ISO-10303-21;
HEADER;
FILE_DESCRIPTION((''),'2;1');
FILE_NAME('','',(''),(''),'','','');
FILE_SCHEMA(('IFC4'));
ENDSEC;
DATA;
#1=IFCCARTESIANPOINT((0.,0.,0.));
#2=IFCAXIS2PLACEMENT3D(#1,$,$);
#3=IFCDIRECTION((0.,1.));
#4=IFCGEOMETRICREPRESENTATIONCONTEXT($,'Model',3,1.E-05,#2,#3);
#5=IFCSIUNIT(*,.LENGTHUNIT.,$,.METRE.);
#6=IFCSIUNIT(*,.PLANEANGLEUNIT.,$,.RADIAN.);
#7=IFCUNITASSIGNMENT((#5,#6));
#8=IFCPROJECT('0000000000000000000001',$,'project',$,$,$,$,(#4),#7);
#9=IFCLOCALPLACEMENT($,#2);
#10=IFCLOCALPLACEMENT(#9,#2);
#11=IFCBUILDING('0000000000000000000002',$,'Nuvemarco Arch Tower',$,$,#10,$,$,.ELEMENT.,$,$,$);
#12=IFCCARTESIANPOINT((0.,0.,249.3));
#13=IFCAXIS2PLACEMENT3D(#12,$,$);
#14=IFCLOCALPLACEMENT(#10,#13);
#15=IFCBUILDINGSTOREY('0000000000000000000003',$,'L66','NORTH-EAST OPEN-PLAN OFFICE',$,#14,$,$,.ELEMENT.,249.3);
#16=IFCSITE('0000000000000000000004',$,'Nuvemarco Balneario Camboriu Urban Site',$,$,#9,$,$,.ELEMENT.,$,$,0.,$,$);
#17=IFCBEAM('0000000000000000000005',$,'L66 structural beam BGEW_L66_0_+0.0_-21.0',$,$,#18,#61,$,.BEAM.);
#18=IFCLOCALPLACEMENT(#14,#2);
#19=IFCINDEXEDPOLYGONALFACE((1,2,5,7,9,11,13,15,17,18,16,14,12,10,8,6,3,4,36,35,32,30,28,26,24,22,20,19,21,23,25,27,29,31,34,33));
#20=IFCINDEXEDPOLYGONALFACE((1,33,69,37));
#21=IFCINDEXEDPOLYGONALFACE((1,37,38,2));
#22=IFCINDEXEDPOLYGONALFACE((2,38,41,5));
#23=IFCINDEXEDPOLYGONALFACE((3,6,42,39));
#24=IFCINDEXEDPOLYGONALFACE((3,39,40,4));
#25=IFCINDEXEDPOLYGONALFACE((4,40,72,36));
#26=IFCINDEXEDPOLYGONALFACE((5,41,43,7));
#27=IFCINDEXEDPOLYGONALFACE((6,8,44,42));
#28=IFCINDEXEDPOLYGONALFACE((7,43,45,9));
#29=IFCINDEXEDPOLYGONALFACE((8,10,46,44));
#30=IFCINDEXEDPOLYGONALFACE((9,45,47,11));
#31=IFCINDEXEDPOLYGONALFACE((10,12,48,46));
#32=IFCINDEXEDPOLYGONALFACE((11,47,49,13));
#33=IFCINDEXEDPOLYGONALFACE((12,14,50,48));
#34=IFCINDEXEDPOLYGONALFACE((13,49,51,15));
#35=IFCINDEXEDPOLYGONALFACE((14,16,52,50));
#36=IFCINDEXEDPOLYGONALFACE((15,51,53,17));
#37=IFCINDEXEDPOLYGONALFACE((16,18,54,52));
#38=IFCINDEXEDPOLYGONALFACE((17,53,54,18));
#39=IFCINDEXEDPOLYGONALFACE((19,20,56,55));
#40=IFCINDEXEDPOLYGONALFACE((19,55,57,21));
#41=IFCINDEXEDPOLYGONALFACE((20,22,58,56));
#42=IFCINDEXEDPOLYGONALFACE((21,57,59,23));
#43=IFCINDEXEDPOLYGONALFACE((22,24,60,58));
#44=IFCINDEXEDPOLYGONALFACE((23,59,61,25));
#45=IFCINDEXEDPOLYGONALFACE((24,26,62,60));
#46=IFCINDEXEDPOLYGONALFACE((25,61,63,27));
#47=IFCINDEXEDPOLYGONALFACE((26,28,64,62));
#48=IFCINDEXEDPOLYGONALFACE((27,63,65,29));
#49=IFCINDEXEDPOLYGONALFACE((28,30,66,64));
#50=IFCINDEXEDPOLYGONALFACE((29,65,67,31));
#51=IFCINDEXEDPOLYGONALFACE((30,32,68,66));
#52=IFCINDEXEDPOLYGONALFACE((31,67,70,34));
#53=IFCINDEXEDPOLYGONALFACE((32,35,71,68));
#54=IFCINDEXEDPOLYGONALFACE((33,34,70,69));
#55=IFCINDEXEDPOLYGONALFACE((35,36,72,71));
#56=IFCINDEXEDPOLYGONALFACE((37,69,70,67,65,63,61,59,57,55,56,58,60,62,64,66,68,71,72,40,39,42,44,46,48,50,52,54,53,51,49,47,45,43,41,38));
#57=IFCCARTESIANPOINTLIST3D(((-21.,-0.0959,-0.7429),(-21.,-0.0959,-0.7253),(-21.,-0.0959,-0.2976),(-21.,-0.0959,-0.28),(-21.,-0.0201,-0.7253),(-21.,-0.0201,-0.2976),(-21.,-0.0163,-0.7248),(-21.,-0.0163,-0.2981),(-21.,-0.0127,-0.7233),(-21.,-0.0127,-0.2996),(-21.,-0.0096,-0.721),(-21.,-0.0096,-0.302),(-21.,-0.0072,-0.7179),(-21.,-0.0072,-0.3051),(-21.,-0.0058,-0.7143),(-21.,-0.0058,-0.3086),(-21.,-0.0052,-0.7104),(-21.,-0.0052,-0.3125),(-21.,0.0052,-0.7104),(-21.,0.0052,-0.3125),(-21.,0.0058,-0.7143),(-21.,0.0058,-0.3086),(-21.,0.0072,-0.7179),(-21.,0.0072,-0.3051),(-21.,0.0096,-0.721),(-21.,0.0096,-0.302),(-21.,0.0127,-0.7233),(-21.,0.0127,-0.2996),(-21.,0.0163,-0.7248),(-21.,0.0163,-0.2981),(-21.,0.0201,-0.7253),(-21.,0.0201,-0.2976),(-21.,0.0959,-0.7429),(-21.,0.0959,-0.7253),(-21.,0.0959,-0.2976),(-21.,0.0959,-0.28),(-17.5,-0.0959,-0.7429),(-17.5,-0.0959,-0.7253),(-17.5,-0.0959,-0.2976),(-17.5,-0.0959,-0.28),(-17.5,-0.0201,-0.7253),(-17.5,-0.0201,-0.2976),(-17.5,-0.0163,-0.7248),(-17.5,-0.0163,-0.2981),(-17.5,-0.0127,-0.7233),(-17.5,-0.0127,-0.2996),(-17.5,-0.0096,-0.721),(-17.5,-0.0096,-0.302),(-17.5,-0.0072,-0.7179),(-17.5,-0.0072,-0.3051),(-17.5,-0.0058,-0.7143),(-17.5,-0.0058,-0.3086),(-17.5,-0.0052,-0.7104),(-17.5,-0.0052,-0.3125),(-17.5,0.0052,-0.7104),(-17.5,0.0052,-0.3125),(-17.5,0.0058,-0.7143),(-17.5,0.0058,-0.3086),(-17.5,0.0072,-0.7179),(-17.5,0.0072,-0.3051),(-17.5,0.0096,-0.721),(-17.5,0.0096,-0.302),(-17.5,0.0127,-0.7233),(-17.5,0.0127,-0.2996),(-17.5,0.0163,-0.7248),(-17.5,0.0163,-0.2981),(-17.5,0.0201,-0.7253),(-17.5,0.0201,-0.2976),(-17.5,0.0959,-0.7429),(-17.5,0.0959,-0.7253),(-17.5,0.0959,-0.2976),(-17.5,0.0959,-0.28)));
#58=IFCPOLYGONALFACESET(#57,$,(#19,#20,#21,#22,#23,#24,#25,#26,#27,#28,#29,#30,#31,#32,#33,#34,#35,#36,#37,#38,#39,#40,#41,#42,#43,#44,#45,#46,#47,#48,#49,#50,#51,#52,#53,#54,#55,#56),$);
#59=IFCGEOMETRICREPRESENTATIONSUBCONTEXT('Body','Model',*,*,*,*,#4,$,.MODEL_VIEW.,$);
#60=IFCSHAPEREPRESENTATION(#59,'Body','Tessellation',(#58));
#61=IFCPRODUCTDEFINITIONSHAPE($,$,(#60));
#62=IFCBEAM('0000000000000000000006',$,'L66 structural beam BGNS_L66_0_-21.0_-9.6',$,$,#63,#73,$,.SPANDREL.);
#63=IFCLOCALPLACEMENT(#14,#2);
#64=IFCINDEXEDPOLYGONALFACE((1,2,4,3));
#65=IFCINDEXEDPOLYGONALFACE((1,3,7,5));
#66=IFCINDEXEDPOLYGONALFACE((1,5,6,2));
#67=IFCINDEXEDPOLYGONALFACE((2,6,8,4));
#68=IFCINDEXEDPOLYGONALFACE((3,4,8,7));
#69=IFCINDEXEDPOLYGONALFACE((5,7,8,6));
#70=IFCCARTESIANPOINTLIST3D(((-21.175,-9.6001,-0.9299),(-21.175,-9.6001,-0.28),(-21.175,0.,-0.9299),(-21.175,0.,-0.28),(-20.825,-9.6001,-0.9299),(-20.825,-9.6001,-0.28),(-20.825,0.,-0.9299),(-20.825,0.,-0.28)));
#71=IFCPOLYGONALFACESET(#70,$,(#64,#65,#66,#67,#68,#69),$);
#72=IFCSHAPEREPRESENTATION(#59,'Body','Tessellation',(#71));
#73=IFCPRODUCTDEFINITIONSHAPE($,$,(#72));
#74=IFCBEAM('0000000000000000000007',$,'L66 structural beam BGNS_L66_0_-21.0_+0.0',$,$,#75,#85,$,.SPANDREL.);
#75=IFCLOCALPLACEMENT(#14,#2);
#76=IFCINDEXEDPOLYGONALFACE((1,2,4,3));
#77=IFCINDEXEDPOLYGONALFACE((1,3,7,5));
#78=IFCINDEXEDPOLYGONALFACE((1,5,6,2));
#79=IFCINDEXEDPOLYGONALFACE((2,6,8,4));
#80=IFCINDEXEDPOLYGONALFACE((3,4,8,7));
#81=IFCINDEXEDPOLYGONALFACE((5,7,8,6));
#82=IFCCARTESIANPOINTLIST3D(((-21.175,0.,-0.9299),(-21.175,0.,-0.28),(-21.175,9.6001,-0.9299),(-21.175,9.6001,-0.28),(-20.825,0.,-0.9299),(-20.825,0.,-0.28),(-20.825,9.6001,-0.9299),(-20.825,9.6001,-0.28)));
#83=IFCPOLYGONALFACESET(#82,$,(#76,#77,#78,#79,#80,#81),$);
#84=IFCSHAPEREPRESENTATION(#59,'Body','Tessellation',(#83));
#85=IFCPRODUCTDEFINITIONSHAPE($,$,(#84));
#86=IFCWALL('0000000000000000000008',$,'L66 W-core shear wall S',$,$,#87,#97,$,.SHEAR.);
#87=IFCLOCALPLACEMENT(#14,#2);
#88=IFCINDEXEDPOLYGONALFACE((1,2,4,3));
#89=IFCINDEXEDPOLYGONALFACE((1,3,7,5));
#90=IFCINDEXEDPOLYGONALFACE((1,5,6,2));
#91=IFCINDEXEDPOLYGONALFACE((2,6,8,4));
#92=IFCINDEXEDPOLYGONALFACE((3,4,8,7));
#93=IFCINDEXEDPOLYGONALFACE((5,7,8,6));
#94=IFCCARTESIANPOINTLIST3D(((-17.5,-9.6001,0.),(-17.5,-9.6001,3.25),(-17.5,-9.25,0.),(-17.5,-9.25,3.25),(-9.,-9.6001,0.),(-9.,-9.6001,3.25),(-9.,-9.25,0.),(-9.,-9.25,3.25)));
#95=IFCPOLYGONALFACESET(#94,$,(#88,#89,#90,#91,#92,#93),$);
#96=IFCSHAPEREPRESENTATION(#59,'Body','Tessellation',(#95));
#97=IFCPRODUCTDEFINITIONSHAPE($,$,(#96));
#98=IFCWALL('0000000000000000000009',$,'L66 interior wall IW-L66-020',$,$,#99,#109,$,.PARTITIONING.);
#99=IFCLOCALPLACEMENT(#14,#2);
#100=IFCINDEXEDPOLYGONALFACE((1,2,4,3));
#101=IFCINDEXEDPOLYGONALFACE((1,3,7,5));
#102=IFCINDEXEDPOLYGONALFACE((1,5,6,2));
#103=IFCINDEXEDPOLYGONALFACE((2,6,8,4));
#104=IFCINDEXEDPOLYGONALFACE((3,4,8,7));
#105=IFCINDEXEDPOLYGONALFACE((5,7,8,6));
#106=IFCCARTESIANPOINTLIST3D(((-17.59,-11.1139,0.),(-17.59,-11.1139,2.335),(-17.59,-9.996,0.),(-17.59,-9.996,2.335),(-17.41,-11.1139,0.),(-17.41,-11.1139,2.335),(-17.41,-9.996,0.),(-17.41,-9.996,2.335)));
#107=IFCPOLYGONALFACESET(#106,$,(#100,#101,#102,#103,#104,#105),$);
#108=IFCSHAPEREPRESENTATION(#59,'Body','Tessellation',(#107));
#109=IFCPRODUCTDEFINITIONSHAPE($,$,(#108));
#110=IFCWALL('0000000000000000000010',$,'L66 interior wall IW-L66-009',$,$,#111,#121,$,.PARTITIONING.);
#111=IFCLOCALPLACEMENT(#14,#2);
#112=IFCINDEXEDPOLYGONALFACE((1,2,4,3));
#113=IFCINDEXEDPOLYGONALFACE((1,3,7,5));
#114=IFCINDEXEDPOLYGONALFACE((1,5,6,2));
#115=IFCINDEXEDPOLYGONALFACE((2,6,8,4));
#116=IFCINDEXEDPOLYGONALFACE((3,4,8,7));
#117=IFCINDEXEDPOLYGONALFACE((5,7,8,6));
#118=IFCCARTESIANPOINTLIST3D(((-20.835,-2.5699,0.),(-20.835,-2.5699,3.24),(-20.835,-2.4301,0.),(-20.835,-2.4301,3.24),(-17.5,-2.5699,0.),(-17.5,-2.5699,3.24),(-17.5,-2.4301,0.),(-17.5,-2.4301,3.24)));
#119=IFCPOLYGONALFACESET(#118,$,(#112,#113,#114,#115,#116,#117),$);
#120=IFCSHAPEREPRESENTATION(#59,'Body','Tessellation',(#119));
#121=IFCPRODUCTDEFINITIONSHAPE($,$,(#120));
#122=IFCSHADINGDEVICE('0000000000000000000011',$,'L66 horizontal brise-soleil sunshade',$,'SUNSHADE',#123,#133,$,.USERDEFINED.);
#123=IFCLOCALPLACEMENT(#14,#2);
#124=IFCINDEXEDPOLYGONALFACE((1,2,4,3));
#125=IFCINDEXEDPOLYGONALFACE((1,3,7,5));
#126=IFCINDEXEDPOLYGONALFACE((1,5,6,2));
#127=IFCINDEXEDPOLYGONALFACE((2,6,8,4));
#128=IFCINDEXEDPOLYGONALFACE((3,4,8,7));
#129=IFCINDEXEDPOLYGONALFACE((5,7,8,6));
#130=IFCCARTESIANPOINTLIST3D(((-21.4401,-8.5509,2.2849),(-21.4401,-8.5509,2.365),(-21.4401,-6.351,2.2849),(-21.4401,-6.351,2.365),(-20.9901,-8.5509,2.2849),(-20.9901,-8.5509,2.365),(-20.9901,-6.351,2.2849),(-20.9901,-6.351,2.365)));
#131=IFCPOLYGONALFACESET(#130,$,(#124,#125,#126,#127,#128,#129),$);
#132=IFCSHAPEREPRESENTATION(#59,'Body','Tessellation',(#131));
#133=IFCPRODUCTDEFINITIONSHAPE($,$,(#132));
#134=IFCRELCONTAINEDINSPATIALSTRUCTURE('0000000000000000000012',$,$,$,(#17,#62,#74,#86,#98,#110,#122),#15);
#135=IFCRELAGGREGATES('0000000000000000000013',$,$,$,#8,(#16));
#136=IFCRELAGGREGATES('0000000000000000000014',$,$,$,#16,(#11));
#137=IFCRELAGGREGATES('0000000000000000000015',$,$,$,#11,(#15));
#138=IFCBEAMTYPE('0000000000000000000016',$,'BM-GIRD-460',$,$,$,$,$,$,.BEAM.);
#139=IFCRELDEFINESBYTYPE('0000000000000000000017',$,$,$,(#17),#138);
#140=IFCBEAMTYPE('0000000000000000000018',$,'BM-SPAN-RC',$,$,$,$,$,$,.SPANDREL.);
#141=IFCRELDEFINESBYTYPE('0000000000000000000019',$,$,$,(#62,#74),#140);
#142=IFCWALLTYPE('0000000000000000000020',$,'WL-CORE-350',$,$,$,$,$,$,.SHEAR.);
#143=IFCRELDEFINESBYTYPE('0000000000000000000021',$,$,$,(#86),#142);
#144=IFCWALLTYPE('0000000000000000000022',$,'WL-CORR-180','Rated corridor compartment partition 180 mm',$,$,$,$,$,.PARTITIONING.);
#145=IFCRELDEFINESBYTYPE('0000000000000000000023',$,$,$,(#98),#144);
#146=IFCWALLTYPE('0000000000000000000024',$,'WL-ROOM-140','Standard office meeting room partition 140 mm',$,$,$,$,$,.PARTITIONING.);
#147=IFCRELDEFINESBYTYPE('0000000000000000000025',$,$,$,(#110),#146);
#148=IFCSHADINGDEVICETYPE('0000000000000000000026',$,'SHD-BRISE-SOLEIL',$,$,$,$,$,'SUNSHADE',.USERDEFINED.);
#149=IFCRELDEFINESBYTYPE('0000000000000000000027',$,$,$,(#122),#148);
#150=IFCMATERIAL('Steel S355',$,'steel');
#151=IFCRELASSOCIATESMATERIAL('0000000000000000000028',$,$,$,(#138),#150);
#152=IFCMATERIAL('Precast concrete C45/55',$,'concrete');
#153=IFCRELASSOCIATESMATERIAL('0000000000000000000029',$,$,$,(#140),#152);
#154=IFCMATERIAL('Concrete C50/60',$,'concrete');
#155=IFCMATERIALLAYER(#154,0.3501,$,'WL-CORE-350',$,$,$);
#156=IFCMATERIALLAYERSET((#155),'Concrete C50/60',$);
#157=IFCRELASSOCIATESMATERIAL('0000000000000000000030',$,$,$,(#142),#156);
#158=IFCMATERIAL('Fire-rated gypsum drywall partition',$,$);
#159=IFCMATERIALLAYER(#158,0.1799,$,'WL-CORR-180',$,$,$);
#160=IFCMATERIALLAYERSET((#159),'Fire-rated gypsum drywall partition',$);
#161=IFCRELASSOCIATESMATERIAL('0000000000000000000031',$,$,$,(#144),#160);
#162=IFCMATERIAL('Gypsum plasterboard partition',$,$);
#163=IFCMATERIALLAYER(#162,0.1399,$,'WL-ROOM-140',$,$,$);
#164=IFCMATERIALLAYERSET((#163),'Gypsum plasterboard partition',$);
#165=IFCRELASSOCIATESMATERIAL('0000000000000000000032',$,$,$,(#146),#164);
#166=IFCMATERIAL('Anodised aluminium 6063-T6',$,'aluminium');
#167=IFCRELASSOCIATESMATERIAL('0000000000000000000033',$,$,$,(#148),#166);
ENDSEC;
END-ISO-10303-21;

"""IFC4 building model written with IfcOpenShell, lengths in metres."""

from ifc_helpers import new_model, si_unit, direction, frame, frame_2d, origin, origin_2d, place, context, subcontext, project, spatial, rectangle, i_section, extrude, source, transform, mapped, material, layer, layer_set, material_profile, profile_set, type_object, type_shapes, element, save


model = new_model("IFC4")

# Units and contexts
model_context = context("Model", 3, precision=1e-05, world=origin(), true_north=direction((0.0, 1.0)))
body_context = subcontext(model_context, "Body", "Model", "MODEL_VIEW")
ifc_project = project(units=[si_unit("LENGTHUNIT", "METRE"), si_unit("PLANEANGLEUNIT", "RADIAN")], contexts=[model_context])

# Site, building, storey
site_placement = place(None, origin())
site = spatial("IfcSite", under=ifc_project, at=site_placement, Name="Nuvemarco Balneario Camboriu Urban Site", CompositionType="ELEMENT", RefElevation=0.0)
building_placement = place(site_placement, origin())
building = spatial("IfcBuilding", under=site, at=building_placement, Name="Nuvemarco Arch Tower", CompositionType="ELEMENT")
storey_placement = place(building_placement, frame((0.0, 0.0, 249.3)))
storey = spatial("IfcBuildingStorey", under=building, at=storey_placement, Name="L66", Description="NORTH-EAST OPEN-PLAN OFFICE", CompositionType="ELEMENT", Elevation=249.3)

# Shared definitions
ifc_material_1 = material(Name="Concrete C50/60", Category="concrete")
ifc_material_2 = material(Name="Steel S355", Category="steel")

# Beams
ifc_material_profile_1 = material_profile(ifc_material_2, i_section(OverallWidth=0.1919, OverallDepth=0.4629, WebThickness=0.0105, FlangeThickness=0.0176, FilletRadius=0.0149, at=origin_2d()), Name="W460x89")
ifc_profile_set_1 = profile_set([ifc_material_profile_1], Name="Steel S355")
beam_type_1 = type_object("IfcBeamType", Name="BM-GIRD-460", PredefinedType="BEAM", material=ifc_profile_set_1)
beam_1_placement = place(storey_placement, frame((-21.0, 0.0, -0.5115), z_axis=(1.0, 0.0, 0.0), x_axis=(0.0, 1.0, 0.0)))
element("IfcBeam", 1, at=beam_1_placement, inside=storey, type_object=beam_type_1, Name="L66 structural beam BGEW_L66_0_+0.0_-21.0", PredefinedType="BEAM", context=body_context, shape_type="SweptSolid", body=[
    extrude(i_section(OverallWidth=0.1919, OverallDepth=0.4629, WebThickness=0.0105, FlangeThickness=0.0176, FilletRadius=0.0149, at=origin_2d()), origin(), (0.0, 0.0, 1.0), 3.5),
])
ifc_material_3 = material(Name="Precast concrete C45/55", Category="concrete")
ifc_material_profile_2 = material_profile(ifc_material_3, rectangle(XDim=0.3501, YDim=0.6499, at=origin_2d()), Name="PC-SP-350x650")
ifc_profile_set_2 = profile_set([ifc_material_profile_2], Name="Precast concrete C45/55")
beam_type_2 = type_object("IfcBeamType", Name="BM-SPAN-RC", PredefinedType="SPANDREL", material=ifc_profile_set_2)
for number, where, z_axis, x_axis, name in (
    (2, (-21.0, -9.6001, -0.605), (0.0, 1.0, 0.0), (-1.0, 0.0, 0.0), "L66 structural beam BGNS_L66_0_-21.0_-9.6"),
    (3, (-21.0, 0.0, -0.605), (0.0, 1.0, 0.0), (-1.0, 0.0, 0.0), "L66 structural beam BGNS_L66_0_-21.0_+0.0"),
):
    element("IfcBeam", number, at=place(storey_placement, frame(where, z_axis=z_axis, x_axis=x_axis)), inside=storey, type_object=beam_type_2, Name=name, PredefinedType="SPANDREL", context=body_context, shape_type="SweptSolid", body=[
        extrude(rectangle(XDim=0.3501, YDim=0.6499, at=origin_2d()), origin(), (0.0, 0.0, 1.0), 9.6001),
    ])

# Shared definitions
ifc_material_4 = material(Name="Anodised aluminium 6063-T6", Category="aluminium")

# Walls
ifc_layer_1 = layer(ifc_material_1, 0.3501, Name="WL-CORE-350")
ifc_layer_set_1 = layer_set([ifc_layer_1], Name="Concrete C50/60")
wall_type_1 = type_object("IfcWallType", Name="WL-CORE-350", PredefinedType="SHEAR", material=ifc_layer_set_1)
wall_1_placement = place(storey_placement, frame((-17.5, -9.425, 0.0), z_axis=(0.0, 0.0, 1.0), x_axis=(1.0, 0.0, 0.0)))
element("IfcWall", 4, at=wall_1_placement, inside=storey, type_object=wall_type_1, Name="L66 W-core shear wall S", PredefinedType="SHEAR", context=body_context, shape_type="SweptSolid", body=[
    extrude(rectangle(XDim=8.5, YDim=0.3501, at=frame_2d((4.25, 0.0))), origin(), (0.0, 0.0, 1.0), 3.25),
])
ifc_material_5 = material(Name="Fire-rated gypsum drywall partition")
ifc_layer_2 = layer(ifc_material_5, 0.1799, Name="WL-CORR-180")
ifc_layer_set_2 = layer_set([ifc_layer_2], Name="Fire-rated gypsum drywall partition")
wall_type_2 = type_object("IfcWallType", Name="WL-CORR-180", Description="Rated corridor compartment partition 180 mm", PredefinedType="PARTITIONING", material=ifc_layer_set_2)
wall_2_placement = place(storey_placement, frame((-17.5, -11.114, 0.0), z_axis=(0.0, 0.0, 1.0), x_axis=(0.0, 1.0, 0.0)))
element("IfcWall", 5, at=wall_2_placement, inside=storey, type_object=wall_type_2, Name="L66 interior wall IW-L66-020", PredefinedType="PARTITIONING", context=body_context, shape_type="SweptSolid", body=[
    extrude(rectangle(XDim=1.1179, YDim=0.1799, at=frame_2d((0.5591, 0.0))), origin(), (0.0, 0.0, 1.0), 2.335),
])
ifc_material_6 = material(Name="Gypsum plasterboard partition")
ifc_layer_3 = layer(ifc_material_6, 0.1399, Name="WL-ROOM-140")
ifc_layer_set_3 = layer_set([ifc_layer_3], Name="Gypsum plasterboard partition")
wall_type_3 = type_object("IfcWallType", Name="WL-ROOM-140", Description="Standard office meeting room partition 140 mm", PredefinedType="PARTITIONING", material=ifc_layer_set_3)
wall_3_placement = place(storey_placement, frame((-20.835, -2.5, 0.0), z_axis=(0.0, 0.0, 1.0), x_axis=(1.0, 0.0, 0.0)))
element("IfcWall", 6, at=wall_3_placement, inside=storey, type_object=wall_type_3, Name="L66 interior wall IW-L66-009", PredefinedType="PARTITIONING", context=body_context, shape_type="SweptSolid", body=[
    extrude(rectangle(XDim=3.335, YDim=0.1399, at=frame_2d((1.6675, 0.0))), origin(), (0.0, 0.0, 1.0), 3.24),
])

# Shading device
shading_device_type = type_object("IfcShadingDeviceType", Name="SHD-BRISE-SOLEIL", ElementType="SUNSHADE", PredefinedType="USERDEFINED", material=ifc_material_4)
shared_shape_1 = source(origin(), body_context, "Body", "SweptSolid", [
    extrude(rectangle(XDim=2.2, YDim=0.45, at=origin_2d()), origin(), (0.0, 0.0, 1.0), 0.0801),
])
type_shapes(shading_device_type, [shared_shape_1])
shading_device_placement = place(storey_placement, frame((-21.2151, -7.4509, 2.2849), z_axis=(0.0, 0.0, 1.0), x_axis=(0.0, 1.0, 0.0)))
element("IfcShadingDevice", 7, at=shading_device_placement, inside=storey, type_object=shading_device_type, Name="L66 horizontal brise-soleil sunshade", ObjectType="SUNSHADE", PredefinedType="USERDEFINED", context=body_context, shape_type="MappedRepresentation", body=[
    mapped(shared_shape_1, transform((0.0, 0.0, 0.0), scale=1.0)),
])

save(model, "model.ifc")
